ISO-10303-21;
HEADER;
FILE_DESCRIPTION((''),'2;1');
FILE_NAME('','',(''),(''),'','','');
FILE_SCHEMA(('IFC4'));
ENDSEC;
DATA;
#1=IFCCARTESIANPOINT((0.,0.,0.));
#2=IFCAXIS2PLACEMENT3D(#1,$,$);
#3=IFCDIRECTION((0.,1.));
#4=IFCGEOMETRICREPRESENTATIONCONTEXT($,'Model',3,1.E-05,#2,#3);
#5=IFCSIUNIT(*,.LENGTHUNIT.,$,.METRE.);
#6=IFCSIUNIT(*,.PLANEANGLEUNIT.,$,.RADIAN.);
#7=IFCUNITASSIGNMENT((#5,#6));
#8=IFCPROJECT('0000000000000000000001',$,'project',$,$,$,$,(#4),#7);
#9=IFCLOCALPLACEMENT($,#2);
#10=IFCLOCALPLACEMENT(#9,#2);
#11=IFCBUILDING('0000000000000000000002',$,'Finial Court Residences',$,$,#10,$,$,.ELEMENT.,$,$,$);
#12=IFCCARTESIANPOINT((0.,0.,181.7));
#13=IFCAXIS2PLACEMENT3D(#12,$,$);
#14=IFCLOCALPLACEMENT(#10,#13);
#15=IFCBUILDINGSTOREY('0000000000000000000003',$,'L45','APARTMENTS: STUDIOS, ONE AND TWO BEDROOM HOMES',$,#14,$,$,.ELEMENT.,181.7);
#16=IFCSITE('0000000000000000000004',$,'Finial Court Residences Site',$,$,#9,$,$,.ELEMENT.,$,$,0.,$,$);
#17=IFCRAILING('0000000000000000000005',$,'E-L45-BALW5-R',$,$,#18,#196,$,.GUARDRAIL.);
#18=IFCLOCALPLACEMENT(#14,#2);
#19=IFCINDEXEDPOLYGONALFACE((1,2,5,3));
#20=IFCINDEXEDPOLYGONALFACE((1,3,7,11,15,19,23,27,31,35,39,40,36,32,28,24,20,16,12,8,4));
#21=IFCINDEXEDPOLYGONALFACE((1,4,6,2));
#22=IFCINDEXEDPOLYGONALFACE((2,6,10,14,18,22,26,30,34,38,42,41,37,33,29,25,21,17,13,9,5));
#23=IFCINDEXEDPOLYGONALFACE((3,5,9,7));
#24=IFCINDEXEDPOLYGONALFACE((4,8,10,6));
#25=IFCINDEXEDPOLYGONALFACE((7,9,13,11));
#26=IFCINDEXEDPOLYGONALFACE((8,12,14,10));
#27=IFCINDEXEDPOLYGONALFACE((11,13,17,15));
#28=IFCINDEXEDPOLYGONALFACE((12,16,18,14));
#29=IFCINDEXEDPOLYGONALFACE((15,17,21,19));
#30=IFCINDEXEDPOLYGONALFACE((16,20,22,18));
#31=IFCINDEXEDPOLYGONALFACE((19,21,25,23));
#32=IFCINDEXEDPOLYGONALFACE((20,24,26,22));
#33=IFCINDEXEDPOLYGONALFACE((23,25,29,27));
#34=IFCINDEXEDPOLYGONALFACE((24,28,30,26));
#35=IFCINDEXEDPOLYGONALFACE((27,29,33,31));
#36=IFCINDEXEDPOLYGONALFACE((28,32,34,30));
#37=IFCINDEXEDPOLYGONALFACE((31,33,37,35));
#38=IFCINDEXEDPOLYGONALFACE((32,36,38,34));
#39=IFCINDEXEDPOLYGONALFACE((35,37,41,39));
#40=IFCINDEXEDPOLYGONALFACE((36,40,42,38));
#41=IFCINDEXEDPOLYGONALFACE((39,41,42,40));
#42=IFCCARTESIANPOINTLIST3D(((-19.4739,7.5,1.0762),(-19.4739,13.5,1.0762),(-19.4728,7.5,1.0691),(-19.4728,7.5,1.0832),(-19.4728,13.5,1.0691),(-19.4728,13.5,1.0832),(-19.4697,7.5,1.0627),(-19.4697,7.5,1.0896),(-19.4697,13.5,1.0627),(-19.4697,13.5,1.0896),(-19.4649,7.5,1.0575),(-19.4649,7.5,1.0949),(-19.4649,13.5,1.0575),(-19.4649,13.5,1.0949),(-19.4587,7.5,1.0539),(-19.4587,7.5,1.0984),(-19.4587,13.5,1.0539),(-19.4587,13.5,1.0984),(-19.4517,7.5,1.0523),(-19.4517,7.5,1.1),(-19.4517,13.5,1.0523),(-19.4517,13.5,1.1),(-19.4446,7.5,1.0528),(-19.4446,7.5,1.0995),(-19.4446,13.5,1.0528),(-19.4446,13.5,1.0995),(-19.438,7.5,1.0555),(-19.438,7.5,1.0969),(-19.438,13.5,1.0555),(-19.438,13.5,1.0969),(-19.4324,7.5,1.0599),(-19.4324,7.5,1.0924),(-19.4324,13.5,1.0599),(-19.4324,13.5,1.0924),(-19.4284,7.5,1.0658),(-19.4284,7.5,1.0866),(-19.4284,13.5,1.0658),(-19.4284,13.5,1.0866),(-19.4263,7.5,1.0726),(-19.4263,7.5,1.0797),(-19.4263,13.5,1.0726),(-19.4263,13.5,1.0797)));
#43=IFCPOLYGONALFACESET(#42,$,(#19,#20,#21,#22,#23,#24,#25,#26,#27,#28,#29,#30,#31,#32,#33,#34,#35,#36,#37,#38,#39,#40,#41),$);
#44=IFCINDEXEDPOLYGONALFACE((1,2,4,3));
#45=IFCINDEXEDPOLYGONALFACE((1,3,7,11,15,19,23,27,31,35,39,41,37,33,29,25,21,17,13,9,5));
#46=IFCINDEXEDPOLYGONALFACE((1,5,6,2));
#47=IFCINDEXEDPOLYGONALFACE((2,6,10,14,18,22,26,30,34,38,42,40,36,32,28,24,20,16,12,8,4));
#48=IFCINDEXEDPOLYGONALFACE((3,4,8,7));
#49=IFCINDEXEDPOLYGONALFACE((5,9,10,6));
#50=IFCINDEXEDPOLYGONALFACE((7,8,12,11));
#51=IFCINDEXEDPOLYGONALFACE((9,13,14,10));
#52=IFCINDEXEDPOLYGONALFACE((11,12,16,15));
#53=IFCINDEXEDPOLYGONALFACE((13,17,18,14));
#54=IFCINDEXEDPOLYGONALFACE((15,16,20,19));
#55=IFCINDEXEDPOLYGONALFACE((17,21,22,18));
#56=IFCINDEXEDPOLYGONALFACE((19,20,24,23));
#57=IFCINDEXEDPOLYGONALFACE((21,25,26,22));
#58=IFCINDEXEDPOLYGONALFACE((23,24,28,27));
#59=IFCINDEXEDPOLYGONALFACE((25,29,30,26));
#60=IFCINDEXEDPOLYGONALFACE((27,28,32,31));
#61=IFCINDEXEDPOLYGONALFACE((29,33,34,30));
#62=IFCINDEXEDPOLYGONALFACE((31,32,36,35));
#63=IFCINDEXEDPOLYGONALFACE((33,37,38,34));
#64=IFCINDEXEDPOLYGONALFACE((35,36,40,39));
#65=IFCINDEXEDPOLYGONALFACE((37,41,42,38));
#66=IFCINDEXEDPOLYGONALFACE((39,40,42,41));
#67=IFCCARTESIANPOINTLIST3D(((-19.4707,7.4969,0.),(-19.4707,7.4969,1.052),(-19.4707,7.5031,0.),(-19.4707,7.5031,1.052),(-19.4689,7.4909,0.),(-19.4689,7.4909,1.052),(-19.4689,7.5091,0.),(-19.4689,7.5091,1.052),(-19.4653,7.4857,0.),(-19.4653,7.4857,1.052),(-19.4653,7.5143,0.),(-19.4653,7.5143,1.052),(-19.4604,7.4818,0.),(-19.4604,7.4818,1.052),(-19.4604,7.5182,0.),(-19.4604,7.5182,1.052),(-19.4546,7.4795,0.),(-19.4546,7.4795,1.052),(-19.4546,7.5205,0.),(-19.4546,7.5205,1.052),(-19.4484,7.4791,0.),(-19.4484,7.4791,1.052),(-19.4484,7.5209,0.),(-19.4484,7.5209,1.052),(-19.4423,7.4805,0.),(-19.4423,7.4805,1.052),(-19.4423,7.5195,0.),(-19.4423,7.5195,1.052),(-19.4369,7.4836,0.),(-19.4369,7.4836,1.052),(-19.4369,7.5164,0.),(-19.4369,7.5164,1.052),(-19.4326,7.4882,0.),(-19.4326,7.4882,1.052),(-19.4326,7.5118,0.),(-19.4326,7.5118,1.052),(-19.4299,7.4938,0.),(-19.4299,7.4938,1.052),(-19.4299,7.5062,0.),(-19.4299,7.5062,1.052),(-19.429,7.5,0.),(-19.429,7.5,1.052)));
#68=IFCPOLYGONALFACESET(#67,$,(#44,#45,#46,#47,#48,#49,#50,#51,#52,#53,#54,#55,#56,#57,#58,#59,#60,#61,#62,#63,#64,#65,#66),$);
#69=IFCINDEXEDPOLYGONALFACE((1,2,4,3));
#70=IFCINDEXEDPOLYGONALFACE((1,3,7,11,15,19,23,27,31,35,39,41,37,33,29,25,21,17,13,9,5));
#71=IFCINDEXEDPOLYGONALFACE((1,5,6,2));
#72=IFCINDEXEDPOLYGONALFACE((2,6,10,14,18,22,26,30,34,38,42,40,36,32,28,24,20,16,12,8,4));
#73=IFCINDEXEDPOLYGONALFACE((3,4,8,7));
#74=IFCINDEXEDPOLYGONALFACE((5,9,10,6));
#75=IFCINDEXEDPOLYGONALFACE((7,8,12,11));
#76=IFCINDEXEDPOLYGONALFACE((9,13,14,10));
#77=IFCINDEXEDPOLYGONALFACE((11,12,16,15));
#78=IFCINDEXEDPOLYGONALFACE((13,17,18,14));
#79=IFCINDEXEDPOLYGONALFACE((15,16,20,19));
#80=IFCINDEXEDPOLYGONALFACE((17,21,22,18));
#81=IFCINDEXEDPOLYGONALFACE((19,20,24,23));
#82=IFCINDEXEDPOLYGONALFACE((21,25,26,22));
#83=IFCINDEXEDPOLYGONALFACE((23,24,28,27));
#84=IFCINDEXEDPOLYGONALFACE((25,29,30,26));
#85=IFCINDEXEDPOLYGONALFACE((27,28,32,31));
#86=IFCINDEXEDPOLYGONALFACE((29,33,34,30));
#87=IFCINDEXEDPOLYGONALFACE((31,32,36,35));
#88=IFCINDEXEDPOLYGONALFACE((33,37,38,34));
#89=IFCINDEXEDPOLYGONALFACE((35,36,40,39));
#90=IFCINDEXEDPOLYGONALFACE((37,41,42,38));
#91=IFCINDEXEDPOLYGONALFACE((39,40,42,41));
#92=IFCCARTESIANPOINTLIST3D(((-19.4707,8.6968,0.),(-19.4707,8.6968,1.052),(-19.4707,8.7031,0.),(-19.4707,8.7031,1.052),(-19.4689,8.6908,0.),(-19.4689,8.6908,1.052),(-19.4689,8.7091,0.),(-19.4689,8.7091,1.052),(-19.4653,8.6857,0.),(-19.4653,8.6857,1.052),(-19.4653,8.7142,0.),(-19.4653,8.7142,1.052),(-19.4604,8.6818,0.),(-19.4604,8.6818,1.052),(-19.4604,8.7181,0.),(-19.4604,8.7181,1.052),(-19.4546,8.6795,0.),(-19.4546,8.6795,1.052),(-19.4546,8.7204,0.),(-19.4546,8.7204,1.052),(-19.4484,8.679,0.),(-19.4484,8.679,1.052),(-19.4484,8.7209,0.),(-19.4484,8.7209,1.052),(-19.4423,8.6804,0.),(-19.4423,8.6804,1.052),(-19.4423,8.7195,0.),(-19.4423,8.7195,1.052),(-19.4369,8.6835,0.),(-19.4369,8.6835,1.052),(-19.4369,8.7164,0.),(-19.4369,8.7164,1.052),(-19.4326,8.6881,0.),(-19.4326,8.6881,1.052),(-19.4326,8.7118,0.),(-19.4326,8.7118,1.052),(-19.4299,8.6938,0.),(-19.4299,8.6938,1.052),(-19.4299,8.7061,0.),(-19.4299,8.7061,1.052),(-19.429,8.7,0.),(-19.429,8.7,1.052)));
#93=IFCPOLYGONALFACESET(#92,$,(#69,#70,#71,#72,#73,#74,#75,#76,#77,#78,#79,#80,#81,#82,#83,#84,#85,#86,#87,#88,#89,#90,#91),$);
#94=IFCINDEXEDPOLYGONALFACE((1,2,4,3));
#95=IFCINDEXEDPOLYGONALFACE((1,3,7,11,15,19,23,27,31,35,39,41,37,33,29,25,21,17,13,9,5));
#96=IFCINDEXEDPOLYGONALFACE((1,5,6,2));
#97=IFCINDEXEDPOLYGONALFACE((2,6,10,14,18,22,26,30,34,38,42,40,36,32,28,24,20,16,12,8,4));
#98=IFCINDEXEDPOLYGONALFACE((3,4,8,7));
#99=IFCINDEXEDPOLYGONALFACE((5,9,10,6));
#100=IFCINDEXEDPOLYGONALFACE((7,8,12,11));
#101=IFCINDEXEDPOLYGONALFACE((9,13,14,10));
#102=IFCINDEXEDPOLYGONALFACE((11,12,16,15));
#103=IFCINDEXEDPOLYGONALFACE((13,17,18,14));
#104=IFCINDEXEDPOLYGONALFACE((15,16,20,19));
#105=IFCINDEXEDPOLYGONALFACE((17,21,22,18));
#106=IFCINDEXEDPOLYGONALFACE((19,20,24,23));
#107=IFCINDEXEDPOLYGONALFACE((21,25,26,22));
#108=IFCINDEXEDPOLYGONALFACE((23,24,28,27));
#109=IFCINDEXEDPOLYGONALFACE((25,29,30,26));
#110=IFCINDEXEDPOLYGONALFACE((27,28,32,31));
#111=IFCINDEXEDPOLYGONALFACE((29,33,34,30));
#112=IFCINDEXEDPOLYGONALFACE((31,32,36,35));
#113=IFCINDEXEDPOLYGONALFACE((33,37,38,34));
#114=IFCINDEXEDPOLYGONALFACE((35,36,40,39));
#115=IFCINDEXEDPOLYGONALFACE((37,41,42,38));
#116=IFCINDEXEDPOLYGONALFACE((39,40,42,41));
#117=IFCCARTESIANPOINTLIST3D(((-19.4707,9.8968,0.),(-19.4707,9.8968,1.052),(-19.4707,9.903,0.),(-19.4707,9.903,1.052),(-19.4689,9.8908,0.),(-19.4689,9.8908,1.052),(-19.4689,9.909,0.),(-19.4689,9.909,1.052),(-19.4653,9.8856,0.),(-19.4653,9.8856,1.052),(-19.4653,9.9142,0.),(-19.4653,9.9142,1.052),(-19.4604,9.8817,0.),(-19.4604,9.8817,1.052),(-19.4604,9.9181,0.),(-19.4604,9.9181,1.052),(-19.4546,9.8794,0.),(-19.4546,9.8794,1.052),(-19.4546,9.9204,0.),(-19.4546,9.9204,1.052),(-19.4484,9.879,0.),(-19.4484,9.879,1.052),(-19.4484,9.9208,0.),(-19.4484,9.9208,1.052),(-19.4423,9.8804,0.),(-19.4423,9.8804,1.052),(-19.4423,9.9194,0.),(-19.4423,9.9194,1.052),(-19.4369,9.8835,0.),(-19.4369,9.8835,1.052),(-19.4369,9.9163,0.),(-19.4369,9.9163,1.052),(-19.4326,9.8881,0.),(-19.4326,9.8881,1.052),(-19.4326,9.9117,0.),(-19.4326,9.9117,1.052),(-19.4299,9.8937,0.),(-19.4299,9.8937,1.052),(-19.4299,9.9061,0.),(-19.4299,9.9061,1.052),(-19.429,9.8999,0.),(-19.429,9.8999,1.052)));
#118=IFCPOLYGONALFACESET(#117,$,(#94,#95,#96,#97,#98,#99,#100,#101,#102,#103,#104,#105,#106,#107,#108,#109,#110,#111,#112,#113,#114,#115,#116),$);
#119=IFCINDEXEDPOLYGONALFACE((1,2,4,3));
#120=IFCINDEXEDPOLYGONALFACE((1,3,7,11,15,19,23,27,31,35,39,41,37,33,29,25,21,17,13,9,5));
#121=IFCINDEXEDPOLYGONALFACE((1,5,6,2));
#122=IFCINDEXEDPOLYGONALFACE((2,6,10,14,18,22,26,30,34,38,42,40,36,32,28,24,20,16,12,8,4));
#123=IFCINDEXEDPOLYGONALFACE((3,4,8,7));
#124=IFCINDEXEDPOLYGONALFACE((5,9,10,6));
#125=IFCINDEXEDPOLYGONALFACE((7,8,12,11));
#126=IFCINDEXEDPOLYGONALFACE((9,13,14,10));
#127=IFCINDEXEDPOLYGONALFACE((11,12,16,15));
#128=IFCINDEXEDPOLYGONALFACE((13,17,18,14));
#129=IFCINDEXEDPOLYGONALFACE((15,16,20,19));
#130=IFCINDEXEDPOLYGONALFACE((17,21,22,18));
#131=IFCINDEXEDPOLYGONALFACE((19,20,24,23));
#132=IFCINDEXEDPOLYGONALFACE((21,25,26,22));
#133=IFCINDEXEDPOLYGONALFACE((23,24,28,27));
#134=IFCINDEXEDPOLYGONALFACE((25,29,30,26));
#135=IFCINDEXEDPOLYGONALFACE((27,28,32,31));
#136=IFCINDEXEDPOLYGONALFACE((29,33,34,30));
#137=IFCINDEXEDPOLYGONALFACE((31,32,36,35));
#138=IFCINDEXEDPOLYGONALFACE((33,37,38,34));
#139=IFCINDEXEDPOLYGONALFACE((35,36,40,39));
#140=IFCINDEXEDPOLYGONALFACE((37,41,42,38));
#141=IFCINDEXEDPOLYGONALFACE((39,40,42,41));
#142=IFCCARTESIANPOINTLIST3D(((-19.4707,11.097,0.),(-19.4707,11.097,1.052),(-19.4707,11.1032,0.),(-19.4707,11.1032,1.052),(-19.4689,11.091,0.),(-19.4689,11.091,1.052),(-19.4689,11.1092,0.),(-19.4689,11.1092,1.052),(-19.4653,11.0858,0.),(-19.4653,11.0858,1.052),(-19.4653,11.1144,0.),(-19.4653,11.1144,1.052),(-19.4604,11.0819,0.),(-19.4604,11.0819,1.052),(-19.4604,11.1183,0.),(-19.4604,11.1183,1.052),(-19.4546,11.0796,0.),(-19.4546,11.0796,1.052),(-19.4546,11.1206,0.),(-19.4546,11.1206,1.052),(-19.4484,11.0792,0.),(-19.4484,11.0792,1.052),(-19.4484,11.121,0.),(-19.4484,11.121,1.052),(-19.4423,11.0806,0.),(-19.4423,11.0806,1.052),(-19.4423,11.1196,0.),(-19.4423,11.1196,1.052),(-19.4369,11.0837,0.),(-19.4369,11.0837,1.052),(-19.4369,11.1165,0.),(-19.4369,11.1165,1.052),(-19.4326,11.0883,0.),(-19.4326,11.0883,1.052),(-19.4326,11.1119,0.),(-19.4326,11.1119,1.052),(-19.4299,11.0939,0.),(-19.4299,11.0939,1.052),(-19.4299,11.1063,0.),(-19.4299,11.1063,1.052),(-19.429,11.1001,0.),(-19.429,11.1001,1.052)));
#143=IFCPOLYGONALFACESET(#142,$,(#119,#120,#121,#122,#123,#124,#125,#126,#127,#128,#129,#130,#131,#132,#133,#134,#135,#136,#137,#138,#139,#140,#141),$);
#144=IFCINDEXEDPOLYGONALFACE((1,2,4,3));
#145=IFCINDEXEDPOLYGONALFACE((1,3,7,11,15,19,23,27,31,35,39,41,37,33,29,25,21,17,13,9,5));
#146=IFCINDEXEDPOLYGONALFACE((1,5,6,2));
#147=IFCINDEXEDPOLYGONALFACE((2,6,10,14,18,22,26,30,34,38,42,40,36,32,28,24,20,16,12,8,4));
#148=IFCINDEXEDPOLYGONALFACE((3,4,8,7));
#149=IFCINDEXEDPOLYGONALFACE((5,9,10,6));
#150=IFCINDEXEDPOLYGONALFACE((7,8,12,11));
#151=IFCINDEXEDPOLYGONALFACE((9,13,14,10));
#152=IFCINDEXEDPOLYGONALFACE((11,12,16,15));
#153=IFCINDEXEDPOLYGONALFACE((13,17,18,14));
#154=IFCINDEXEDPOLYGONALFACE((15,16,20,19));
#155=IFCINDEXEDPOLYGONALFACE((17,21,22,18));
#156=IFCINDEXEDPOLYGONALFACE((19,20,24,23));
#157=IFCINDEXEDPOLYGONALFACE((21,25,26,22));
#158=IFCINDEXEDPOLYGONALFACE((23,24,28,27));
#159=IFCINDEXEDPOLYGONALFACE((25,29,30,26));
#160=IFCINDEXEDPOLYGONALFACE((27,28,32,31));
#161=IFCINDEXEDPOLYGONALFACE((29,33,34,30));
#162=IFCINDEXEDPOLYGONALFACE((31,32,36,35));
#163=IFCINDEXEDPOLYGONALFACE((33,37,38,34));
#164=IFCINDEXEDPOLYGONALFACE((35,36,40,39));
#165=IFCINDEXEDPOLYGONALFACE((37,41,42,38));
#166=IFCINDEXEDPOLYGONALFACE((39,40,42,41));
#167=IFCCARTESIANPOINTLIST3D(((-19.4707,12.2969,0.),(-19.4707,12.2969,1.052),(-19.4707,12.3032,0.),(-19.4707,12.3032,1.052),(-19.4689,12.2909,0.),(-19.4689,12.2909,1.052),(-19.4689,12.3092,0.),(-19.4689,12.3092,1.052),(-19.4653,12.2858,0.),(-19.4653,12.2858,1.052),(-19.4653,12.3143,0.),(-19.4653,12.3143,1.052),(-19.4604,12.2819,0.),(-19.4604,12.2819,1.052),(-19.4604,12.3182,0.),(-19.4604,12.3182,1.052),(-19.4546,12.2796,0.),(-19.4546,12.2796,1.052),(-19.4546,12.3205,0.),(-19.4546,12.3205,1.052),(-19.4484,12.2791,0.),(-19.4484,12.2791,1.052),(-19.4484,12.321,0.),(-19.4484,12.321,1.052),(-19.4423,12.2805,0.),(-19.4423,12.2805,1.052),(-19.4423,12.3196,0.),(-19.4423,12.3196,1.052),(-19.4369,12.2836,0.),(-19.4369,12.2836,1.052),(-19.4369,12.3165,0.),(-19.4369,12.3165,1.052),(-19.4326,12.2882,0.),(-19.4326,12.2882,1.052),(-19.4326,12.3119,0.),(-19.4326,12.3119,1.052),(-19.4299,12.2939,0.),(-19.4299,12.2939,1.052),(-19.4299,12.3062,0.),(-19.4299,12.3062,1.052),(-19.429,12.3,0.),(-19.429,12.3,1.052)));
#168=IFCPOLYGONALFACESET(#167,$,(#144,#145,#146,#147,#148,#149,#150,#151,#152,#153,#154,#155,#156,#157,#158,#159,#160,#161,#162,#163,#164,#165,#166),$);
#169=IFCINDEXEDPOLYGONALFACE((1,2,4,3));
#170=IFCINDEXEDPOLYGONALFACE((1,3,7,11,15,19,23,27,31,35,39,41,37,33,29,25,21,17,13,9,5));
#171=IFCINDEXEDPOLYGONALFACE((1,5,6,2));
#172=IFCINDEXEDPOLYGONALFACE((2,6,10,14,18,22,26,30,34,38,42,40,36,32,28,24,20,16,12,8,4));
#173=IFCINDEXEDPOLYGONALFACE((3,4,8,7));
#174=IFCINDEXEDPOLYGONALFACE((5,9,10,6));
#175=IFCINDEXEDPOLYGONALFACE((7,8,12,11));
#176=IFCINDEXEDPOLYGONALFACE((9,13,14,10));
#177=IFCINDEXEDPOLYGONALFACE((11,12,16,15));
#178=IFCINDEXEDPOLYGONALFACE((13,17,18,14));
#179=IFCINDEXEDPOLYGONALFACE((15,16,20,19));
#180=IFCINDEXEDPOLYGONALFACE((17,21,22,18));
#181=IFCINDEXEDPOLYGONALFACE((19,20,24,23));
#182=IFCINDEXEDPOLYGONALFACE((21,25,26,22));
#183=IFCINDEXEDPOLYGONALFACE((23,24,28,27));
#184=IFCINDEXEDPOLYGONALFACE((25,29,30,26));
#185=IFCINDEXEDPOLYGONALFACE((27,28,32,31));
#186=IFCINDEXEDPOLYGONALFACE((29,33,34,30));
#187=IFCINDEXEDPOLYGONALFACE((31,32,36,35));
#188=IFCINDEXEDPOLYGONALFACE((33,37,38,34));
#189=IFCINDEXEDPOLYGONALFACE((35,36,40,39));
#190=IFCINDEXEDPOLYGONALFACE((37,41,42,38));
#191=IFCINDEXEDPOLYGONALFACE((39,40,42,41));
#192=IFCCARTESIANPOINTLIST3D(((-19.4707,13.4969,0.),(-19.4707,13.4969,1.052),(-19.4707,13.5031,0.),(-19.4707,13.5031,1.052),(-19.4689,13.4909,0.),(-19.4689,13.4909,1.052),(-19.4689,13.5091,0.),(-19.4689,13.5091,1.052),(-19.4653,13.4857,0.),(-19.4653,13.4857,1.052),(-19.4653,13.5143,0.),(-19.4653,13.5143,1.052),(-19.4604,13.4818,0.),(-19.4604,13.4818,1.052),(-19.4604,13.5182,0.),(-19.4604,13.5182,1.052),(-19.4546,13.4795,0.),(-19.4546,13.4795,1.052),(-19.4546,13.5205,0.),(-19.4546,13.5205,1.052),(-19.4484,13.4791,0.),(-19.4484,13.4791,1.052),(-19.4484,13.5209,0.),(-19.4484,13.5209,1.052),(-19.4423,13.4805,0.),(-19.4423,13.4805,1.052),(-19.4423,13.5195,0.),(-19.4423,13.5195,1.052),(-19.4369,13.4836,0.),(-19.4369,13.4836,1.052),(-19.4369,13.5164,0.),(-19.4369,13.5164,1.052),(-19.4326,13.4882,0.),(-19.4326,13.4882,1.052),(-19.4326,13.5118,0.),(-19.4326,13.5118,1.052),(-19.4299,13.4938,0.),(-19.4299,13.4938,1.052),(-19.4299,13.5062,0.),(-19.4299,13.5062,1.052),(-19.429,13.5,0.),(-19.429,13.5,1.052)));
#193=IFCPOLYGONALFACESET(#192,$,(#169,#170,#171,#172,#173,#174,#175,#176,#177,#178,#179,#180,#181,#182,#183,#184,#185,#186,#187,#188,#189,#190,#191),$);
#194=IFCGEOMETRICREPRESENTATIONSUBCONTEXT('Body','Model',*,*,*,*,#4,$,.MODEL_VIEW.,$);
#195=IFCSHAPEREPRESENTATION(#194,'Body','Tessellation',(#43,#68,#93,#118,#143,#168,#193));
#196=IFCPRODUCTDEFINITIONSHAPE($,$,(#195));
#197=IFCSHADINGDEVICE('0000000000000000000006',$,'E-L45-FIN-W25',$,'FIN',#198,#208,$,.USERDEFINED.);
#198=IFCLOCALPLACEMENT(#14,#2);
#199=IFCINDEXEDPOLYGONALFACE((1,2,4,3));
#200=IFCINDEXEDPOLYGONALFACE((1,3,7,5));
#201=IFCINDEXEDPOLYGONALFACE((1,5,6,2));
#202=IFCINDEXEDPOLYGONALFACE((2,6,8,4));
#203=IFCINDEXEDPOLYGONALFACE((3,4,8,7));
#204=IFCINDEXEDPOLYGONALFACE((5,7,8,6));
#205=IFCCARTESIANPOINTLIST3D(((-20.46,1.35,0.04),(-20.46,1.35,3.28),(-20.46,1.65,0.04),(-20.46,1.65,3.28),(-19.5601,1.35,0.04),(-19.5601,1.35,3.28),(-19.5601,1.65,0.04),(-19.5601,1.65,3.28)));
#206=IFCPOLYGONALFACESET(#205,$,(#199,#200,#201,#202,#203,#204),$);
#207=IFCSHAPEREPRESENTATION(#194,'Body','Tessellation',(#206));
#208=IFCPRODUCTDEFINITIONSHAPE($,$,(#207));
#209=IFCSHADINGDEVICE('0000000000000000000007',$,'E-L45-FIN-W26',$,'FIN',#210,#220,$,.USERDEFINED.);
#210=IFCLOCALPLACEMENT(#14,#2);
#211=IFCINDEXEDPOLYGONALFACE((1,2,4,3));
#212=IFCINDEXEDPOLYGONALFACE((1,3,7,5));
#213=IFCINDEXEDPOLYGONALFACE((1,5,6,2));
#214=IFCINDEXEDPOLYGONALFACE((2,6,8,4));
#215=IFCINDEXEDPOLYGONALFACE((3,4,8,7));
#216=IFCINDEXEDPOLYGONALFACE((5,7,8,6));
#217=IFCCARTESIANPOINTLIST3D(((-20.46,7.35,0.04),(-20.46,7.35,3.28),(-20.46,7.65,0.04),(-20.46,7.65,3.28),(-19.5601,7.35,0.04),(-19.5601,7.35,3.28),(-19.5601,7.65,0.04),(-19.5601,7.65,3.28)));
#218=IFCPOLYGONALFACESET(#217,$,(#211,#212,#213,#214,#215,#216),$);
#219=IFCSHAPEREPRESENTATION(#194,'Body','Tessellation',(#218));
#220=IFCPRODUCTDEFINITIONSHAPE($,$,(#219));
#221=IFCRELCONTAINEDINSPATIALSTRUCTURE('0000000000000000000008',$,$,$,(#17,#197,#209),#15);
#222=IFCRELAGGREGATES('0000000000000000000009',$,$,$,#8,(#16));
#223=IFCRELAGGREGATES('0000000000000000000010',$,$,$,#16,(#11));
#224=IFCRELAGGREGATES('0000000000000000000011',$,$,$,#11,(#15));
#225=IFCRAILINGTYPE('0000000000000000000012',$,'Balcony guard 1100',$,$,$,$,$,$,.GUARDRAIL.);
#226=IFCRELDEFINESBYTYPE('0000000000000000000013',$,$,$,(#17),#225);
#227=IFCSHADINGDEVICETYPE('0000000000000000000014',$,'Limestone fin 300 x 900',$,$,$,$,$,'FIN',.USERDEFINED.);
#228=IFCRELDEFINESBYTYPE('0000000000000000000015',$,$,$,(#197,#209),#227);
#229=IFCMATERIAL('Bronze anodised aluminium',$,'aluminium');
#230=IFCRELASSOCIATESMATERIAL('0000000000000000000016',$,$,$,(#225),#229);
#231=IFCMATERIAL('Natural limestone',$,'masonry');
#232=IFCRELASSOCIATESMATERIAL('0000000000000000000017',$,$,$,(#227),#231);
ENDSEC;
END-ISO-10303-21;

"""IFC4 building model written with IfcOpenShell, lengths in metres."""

from ifc_helpers import new_model, si_unit, direction, frame, origin, origin_2d, place, context, subcontext, project, spatial, rectangle, circle, extrude, material, type_object, element, save


model = new_model("IFC4")

# Units and contexts
model_context = context("Model", 3, precision=1e-05, world=origin(), true_north=direction((0.0, 1.0)))
body_context = subcontext(model_context, "Body", "Model", "MODEL_VIEW")
ifc_project = project(units=[si_unit("LENGTHUNIT", "METRE"), si_unit("PLANEANGLEUNIT", "RADIAN")], contexts=[model_context])

# Site, building, storey
site_placement = place(None, origin())
site = spatial("IfcSite", under=ifc_project, at=site_placement, Name="Finial Court Residences Site", CompositionType="ELEMENT", RefElevation=0.0)
building_placement = place(site_placement, origin())
building = spatial("IfcBuilding", under=site, at=building_placement, Name="Finial Court Residences", CompositionType="ELEMENT")
storey_placement = place(building_placement, frame((0.0, 0.0, 181.7)))
storey = spatial("IfcBuildingStorey", under=building, at=storey_placement, Name="L45", Description="APARTMENTS: STUDIOS, ONE AND TWO BEDROOM HOMES", CompositionType="ELEMENT", Elevation=181.7)

# Shared definitions
ifc_material_1 = material(Name="Bronze anodised aluminium", Category="aluminium")

# Shared definitions
ifc_material_2 = material(Name="Natural limestone", Category="masonry")

# Railing
railing_type = type_object("IfcRailingType", Name="Balcony guard 1100", PredefinedType="GUARDRAIL", material=ifc_material_1)
railing_placement = place(storey_placement, frame((-19.45, 7.5, 0.0)))
element("IfcRailing", 1, at=railing_placement, inside=storey, type_object=railing_type, Name="E-L45-BALW5-R", PredefinedType="GUARDRAIL", context=body_context, shape_type="SweptSolid", body=[
    extrude(circle(Radius=0.0239, at=origin_2d()), frame((0.0, 0.0, 1.0762), z_axis=(0.0, 1.0, 0.0), x_axis=(-1.0, 0.0, 0.0)), (0.0, 0.0, 1.0), 6.0),
    extrude(circle(Radius=0.021, at=origin_2d()), origin(), (0.0, 0.0, 1.0), 1.052),
    extrude(circle(Radius=0.021, at=origin_2d()), frame((0.0, 1.2, 0.0)), (0.0, 0.0, 1.0), 1.052),
    extrude(circle(Radius=0.021, at=origin_2d()), frame((0.0, 2.3999, 0.0)), (0.0, 0.0, 1.0), 1.052),
    extrude(circle(Radius=0.021, at=origin_2d()), frame((0.0, 3.6001, 0.0)), (0.0, 0.0, 1.0), 1.052),
    extrude(circle(Radius=0.021, at=origin_2d()), frame((0.0, 4.8, 0.0)), (0.0, 0.0, 1.0), 1.052),
    extrude(circle(Radius=0.021, at=origin_2d()), frame((0.0, 6.0, 0.0)), (0.0, 0.0, 1.0), 1.052),
])

# Shading devices
shading_device_type = type_object("IfcShadingDeviceType", Name="Limestone fin 300 x 900", ElementType="FIN", PredefinedType="USERDEFINED", material=ifc_material_2)
for number, where, z_axis, x_axis, name in (
    (2, (-20.01, 1.5, 0.04), (0.0, 0.0, 1.0), (1.0, 0.0, 0.0), "E-L45-FIN-W25"),
    (3, (-20.01, 7.5, 0.04), (0.0, 0.0, 1.0), (1.0, 0.0, 0.0), "E-L45-FIN-W26"),
):
    element("IfcShadingDevice", number, at=place(storey_placement, frame(where, z_axis=z_axis, x_axis=x_axis)), inside=storey, type_object=shading_device_type, Name=name, ObjectType="FIN", PredefinedType="USERDEFINED", context=body_context, shape_type="SweptSolid", body=[
        extrude(rectangle(XDim=0.8999, YDim=0.3, at=origin_2d()), origin(), (0.0, 0.0, 1.0), 3.24),
    ])

save(model, "model.ifc")
